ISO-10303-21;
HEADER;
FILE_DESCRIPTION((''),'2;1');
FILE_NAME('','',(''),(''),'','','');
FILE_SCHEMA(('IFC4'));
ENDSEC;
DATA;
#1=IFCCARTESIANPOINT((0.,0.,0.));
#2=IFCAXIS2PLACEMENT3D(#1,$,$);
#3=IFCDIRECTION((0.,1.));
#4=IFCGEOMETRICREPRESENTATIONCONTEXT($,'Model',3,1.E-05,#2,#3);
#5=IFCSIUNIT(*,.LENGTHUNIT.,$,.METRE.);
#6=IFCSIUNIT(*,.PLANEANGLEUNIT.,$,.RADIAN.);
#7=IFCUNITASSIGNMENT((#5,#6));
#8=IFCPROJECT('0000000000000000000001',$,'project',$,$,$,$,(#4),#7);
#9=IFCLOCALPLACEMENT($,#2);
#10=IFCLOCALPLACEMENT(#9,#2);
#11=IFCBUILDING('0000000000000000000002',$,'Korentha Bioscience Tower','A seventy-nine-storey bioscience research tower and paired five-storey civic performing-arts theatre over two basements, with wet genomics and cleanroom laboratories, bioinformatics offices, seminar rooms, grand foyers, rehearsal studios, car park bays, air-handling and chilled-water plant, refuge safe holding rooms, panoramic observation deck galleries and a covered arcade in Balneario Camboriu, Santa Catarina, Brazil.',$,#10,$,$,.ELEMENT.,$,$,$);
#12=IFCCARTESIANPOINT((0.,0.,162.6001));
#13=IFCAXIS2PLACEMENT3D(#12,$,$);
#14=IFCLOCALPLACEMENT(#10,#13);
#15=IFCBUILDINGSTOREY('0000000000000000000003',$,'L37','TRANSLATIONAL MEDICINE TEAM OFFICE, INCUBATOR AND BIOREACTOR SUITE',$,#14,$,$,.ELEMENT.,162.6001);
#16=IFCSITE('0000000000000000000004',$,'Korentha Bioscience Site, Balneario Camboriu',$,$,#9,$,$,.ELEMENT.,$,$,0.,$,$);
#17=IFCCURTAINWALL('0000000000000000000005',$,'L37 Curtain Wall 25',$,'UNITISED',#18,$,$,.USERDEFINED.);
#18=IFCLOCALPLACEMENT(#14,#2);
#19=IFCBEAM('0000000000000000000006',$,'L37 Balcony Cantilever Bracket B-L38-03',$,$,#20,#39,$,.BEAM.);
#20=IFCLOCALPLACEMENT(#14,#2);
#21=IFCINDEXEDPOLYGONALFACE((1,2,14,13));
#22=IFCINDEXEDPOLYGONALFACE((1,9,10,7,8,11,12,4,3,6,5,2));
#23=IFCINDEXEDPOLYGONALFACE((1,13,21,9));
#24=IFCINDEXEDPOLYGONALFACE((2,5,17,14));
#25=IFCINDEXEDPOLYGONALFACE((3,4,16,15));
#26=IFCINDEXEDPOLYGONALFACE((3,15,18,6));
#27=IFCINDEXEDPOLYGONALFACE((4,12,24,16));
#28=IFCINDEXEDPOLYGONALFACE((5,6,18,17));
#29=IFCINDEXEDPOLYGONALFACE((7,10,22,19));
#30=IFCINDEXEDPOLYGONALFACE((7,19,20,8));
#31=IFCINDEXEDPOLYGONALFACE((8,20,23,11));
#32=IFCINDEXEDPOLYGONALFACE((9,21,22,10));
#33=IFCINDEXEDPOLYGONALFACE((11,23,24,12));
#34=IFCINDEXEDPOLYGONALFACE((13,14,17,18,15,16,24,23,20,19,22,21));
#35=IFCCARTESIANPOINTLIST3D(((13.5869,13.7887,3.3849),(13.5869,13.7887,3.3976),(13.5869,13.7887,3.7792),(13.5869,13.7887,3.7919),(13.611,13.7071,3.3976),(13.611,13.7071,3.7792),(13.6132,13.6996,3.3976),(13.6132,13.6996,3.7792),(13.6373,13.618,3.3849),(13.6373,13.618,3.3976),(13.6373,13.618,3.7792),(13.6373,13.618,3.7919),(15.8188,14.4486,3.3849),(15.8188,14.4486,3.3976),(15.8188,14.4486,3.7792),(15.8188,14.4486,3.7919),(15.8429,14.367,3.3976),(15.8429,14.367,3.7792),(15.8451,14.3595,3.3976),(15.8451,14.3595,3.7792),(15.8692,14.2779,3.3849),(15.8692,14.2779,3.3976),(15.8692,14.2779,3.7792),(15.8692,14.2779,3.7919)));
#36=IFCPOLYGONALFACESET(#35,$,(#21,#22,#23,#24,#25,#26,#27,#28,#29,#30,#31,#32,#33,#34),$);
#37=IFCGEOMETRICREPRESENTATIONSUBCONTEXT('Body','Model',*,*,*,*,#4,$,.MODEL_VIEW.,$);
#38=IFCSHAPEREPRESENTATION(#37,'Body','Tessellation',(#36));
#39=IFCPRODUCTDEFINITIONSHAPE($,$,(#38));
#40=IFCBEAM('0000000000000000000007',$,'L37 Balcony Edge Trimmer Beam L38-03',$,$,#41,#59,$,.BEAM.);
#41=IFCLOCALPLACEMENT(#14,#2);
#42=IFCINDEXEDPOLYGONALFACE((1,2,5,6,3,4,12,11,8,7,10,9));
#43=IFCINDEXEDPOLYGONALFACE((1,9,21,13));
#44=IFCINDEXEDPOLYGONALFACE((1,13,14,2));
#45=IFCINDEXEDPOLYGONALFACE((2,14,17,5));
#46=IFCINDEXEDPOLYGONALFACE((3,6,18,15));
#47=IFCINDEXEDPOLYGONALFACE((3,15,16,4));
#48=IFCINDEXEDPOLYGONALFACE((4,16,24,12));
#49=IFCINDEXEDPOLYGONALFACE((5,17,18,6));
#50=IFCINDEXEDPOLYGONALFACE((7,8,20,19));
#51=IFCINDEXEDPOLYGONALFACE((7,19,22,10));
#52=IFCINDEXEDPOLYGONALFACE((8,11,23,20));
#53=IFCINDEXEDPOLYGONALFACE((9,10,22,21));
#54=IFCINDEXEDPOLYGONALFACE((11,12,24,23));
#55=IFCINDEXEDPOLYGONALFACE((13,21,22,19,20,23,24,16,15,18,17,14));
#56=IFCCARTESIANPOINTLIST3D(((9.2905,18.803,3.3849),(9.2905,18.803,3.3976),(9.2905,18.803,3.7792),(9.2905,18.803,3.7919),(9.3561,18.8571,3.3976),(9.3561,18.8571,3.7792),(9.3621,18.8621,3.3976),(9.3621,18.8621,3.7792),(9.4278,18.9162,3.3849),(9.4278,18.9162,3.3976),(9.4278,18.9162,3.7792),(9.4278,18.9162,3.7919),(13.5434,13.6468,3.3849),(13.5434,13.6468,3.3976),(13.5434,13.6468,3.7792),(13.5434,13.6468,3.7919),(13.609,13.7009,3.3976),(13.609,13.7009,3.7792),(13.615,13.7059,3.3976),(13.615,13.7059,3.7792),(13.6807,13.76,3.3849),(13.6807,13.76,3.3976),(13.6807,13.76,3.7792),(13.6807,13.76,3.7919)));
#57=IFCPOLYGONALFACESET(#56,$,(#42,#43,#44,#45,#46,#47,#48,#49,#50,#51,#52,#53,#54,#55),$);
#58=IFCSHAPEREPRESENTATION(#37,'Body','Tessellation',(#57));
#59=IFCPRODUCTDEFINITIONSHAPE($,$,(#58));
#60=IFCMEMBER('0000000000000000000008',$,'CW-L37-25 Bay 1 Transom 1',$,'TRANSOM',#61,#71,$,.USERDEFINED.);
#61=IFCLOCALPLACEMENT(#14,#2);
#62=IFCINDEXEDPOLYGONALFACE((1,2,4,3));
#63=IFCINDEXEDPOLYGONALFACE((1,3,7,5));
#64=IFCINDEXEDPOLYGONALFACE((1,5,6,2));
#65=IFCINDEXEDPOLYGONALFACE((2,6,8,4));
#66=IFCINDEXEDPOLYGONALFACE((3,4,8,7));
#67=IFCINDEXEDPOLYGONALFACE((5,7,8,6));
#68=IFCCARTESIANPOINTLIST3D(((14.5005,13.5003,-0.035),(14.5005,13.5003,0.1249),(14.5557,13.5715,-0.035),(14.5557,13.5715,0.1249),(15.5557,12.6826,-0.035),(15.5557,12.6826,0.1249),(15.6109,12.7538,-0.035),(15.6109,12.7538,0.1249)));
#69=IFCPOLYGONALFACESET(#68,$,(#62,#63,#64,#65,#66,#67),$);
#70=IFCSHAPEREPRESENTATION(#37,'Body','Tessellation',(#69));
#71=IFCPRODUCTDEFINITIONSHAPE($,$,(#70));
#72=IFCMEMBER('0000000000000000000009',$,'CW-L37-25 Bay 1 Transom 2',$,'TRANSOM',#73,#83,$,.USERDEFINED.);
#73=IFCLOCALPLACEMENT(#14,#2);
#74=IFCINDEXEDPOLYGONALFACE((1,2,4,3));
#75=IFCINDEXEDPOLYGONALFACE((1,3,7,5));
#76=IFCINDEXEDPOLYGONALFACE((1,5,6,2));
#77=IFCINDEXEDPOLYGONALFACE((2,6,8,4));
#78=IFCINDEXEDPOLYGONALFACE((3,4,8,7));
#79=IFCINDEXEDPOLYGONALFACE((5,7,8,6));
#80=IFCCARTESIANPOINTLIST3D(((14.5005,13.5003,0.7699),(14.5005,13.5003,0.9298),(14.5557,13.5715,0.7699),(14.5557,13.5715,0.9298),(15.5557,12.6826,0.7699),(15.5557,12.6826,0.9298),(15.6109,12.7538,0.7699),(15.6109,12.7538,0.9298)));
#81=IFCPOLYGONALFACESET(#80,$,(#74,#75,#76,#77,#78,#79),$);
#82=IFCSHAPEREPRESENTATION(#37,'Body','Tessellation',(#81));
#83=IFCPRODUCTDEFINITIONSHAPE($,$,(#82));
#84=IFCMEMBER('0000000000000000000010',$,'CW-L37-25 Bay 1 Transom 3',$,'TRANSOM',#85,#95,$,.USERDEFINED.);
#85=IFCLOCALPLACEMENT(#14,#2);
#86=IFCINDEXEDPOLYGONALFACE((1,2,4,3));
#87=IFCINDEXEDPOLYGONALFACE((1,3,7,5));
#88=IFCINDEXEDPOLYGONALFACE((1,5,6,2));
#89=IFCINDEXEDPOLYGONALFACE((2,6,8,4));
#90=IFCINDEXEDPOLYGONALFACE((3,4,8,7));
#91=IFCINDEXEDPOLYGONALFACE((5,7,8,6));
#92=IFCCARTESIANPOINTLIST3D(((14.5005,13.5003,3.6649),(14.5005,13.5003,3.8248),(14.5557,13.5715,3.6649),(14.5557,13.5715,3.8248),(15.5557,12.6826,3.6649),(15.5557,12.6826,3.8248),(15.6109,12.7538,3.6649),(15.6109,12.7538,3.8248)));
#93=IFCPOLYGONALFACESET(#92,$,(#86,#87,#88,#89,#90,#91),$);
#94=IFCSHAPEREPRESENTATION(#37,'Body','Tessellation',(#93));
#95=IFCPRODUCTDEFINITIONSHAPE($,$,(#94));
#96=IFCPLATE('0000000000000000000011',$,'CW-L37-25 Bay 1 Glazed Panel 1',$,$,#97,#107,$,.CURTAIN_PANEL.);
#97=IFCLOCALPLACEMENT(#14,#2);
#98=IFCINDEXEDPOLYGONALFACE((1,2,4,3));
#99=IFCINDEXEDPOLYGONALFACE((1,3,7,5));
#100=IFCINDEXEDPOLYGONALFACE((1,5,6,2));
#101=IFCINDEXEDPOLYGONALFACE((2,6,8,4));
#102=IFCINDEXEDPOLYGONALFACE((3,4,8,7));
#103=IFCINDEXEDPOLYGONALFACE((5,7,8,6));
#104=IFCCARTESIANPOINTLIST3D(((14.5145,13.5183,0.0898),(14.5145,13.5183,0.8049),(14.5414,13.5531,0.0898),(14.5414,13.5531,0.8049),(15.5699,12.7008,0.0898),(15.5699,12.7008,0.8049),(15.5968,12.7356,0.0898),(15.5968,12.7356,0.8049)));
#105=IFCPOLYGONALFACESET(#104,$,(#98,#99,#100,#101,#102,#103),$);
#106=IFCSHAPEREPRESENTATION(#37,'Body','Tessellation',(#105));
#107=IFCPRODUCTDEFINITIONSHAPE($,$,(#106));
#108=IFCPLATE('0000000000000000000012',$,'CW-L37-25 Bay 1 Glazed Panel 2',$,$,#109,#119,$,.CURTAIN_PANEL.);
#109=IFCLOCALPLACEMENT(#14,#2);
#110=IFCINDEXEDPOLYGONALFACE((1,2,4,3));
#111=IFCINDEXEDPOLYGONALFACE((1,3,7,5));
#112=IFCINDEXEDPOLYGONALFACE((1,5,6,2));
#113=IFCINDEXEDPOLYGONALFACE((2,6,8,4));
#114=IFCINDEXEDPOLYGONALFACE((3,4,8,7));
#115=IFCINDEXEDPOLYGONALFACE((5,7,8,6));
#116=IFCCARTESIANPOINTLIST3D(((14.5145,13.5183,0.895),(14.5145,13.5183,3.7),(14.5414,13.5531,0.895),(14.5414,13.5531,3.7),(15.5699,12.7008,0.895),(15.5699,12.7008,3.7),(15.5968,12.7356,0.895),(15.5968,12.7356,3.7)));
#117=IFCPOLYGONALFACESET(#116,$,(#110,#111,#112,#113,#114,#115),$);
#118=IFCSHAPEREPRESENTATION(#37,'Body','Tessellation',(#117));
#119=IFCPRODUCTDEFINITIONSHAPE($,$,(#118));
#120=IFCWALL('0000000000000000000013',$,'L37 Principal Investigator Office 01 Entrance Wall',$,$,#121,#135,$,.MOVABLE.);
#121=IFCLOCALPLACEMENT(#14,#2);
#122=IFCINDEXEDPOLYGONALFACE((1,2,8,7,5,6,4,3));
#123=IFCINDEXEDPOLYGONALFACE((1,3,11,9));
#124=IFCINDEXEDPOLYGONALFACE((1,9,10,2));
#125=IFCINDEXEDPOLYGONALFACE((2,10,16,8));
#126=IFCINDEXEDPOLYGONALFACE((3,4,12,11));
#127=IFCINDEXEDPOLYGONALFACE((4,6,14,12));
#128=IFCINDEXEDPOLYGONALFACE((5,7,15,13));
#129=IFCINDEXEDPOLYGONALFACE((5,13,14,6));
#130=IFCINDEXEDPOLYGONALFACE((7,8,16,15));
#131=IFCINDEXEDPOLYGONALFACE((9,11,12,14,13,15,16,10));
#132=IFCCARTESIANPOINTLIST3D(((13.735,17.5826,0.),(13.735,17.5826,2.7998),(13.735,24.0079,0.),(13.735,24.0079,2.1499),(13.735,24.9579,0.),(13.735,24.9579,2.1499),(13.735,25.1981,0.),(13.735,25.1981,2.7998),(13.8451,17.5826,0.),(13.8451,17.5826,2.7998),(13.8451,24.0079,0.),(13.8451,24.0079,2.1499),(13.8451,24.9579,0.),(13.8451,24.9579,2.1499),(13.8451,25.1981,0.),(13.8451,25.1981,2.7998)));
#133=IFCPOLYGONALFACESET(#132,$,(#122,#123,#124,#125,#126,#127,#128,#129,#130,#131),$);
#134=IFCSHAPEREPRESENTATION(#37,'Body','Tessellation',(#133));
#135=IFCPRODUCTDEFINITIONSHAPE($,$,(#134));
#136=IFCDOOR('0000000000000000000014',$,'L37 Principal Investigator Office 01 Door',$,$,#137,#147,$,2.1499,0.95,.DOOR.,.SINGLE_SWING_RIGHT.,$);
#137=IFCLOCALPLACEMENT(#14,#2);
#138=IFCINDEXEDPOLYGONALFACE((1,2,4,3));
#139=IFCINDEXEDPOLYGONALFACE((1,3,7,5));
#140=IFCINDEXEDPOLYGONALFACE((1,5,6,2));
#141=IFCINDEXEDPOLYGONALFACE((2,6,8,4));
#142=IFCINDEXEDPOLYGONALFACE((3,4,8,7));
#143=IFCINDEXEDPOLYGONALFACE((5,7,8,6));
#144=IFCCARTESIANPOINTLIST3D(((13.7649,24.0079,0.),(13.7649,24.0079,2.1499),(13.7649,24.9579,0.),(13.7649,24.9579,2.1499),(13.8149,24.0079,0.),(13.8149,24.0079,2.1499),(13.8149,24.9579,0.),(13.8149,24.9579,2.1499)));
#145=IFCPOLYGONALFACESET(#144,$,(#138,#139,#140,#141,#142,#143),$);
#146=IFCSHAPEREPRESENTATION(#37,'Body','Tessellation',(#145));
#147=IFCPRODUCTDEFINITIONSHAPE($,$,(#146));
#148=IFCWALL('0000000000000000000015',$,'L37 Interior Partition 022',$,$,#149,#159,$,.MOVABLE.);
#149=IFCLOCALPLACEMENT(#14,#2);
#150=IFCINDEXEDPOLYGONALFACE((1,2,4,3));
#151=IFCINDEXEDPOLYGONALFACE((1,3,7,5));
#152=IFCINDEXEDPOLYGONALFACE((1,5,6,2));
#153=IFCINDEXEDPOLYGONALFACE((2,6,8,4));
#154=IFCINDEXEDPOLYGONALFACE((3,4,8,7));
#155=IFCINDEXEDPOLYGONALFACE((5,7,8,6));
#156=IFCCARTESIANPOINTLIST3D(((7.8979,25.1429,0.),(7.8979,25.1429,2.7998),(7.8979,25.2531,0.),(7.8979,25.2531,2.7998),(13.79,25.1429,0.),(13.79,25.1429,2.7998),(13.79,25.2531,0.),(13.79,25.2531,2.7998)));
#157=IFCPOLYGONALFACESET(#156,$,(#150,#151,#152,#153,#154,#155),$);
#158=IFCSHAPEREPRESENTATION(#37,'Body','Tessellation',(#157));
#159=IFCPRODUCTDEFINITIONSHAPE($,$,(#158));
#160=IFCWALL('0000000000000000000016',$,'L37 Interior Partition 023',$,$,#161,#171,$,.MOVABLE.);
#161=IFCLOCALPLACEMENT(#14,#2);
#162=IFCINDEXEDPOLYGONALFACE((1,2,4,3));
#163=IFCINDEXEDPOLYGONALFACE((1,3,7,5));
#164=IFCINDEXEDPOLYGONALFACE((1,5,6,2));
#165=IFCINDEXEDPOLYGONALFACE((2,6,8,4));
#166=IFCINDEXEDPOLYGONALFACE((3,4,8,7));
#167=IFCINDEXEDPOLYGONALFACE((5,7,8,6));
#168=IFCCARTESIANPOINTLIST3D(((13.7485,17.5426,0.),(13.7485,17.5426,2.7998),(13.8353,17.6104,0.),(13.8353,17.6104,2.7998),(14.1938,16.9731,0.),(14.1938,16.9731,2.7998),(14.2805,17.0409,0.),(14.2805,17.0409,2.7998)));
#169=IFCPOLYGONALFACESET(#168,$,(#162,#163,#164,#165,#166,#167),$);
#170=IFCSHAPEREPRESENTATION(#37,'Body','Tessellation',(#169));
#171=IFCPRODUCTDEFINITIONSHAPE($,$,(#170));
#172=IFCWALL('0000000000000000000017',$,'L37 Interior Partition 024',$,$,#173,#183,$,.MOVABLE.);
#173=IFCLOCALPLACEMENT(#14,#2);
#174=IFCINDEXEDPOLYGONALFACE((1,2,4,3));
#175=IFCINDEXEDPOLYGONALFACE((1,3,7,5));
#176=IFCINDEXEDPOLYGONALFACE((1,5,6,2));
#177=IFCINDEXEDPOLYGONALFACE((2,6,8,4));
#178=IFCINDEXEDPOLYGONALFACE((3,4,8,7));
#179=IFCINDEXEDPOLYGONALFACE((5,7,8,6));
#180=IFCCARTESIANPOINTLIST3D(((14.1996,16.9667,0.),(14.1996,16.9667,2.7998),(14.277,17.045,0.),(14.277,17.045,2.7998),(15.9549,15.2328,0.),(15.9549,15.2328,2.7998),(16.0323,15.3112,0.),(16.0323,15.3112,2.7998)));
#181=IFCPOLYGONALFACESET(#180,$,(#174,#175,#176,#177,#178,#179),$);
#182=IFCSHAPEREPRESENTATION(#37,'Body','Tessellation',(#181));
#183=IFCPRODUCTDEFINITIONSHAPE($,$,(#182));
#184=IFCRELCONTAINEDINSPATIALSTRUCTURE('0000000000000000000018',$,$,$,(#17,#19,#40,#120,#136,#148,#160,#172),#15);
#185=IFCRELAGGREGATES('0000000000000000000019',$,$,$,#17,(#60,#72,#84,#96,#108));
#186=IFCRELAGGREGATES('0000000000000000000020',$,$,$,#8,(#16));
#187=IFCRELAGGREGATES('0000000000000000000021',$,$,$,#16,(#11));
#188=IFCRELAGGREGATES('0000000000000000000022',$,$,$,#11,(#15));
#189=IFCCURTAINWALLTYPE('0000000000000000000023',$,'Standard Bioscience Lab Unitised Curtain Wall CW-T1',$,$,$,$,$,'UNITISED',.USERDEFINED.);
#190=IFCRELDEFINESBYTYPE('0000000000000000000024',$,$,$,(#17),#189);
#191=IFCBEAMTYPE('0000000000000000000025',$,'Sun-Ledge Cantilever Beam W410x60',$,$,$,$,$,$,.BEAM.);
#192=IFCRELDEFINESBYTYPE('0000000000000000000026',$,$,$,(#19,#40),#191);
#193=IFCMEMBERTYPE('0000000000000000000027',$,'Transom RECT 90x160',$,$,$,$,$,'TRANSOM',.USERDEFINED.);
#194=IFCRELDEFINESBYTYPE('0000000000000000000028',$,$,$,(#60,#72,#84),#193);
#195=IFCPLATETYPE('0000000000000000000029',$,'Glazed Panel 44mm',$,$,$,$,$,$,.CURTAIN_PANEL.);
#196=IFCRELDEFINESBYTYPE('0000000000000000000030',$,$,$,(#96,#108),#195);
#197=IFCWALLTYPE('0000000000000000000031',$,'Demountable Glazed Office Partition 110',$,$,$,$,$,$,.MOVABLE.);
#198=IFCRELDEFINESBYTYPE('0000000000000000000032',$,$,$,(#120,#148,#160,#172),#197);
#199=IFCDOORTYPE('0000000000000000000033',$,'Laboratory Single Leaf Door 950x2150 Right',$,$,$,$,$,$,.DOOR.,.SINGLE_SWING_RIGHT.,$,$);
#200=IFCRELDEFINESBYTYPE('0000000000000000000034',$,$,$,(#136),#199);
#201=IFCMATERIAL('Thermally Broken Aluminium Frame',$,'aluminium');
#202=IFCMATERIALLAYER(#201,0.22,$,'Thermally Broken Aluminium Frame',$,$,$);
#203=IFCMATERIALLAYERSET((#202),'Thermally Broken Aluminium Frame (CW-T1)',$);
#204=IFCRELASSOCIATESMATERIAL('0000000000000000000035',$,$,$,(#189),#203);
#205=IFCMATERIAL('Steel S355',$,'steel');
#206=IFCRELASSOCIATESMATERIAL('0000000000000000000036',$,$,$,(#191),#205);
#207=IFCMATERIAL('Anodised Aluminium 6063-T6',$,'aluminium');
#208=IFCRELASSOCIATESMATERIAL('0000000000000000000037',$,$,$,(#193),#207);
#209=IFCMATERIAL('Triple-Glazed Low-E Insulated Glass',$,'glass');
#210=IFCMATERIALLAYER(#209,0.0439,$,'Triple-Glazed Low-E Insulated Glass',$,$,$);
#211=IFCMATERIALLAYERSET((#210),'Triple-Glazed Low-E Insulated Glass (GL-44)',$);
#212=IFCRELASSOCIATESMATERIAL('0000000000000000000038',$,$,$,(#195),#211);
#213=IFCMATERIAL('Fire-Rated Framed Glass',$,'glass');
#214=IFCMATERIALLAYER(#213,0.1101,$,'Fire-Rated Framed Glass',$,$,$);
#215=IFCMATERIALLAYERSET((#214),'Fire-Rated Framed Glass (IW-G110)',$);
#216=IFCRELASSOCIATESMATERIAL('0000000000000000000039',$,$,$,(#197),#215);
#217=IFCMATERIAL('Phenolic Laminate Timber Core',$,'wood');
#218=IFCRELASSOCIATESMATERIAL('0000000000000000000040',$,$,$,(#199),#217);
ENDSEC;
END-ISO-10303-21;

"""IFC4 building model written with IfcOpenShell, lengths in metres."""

from ifc_helpers import new_model, si_unit, direction, frame, frame_2d, origin, origin_2d, place, context, subcontext, project, spatial, rectangle, i_section, extrude, material, layer, layer_set, material_profile, profile_set, type_object, element, fill, aggregate, save


model = new_model("IFC4")

# Units and contexts
model_context = context("Model", 3, precision=1e-05, world=origin(), true_north=direction((0.0, 1.0)))
body_context = subcontext(model_context, "Body", "Model", "MODEL_VIEW")
ifc_project = project(units=[si_unit("LENGTHUNIT", "METRE"), si_unit("PLANEANGLEUNIT", "RADIAN")], contexts=[model_context])

# Site, building, storey
site_placement = place(None, origin())
site = spatial("IfcSite", under=ifc_project, at=site_placement, Name="Korentha Bioscience Site, Balneario Camboriu", CompositionType="ELEMENT", RefElevation=0.0)
building_placement = place(site_placement, origin())
building = spatial("IfcBuilding", under=site, at=building_placement, Name="Korentha Bioscience Tower", Description="A seventy-nine-storey bioscience research tower and paired five-storey civic performing-arts theatre over two basements, with wet genomics and cleanroom laboratories, bioinformatics offices, seminar rooms, grand foyers, rehearsal studios, car park bays, air-handling and chilled-water plant, refuge safe holding rooms, panoramic observation deck galleries and a covered arcade in Balneario Camboriu, Santa Catarina, Brazil.", CompositionType="ELEMENT")
storey_placement = place(building_placement, frame((0.0, 0.0, 162.6001)))
storey = spatial("IfcBuildingStorey", under=building, at=storey_placement, Name="L37", Description="TRANSLATIONAL MEDICINE TEAM OFFICE, INCUBATOR AND BIOREACTOR SUITE", CompositionType="ELEMENT", Elevation=162.6001)

# Curtain wall
ifc_material_1 = material(Name="Thermally Broken Aluminium Frame", Category="aluminium")
ifc_layer_1 = layer(ifc_material_1, 0.22, Name="Thermally Broken Aluminium Frame")
ifc_layer_set_1 = layer_set([ifc_layer_1], Name="Thermally Broken Aluminium Frame (CW-T1)")
curtain_wall_type = type_object("IfcCurtainWallType", Name="Standard Bioscience Lab Unitised Curtain Wall CW-T1", ElementType="UNITISED", PredefinedType="USERDEFINED", material=ifc_layer_set_1)
ifc_material_2 = material(Name="Anodised Aluminium 6063-T6", Category="aluminium")
curtain_wall_1_placement = place(storey_placement, origin())
curtain_wall_1 = element("IfcCurtainWall", 1, at=curtain_wall_1_placement, inside=storey, type_object=curtain_wall_type, Name="L37 Curtain Wall 25", ObjectType="UNITISED", PredefinedType="USERDEFINED")

# Beams
ifc_material_3 = material(Name="Steel S355", Category="steel")
ifc_material_profile_1 = material_profile(ifc_material_3, i_section(OverallWidth=0.178, OverallDepth=0.407, WebThickness=0.0078, FlangeThickness=0.0127, at=origin_2d()), Name="Steel S355")
ifc_profile_set_1 = profile_set([ifc_material_profile_1], Name="Steel S355 (CB-410)")
beam_type_1 = type_object("IfcBeamType", Name="Sun-Ledge Cantilever Beam W410x60", PredefinedType="BEAM", material=ifc_profile_set_1)
beam_1_placement = place(storey_placement, frame((15.844, 14.3633, 3.5884), z_axis=(-0.958962, -0.283535, 0.0), x_axis=(0.283535, -0.958962, 0.0)))
element("IfcBeam", 2, at=beam_1_placement, inside=storey, type_object=beam_type_1, Name="L37 Balcony Cantilever Bracket B-L38-03", PredefinedType="BEAM", context=body_context, shape_type="SweptSolid", body=[
    extrude(i_section(OverallWidth=0.178, OverallDepth=0.407, WebThickness=0.0078, FlangeThickness=0.0127, at=origin_2d()), origin(), (0.0, 0.0, 1.0), 2.3274),
])
beam_2_placement = place(storey_placement, frame((9.3591, 18.8596, 3.5884), z_axis=(0.636296, -0.771445, 0.0), x_axis=(0.771445, 0.636296, 0.0)))
element("IfcBeam", 3, at=beam_2_placement, inside=storey, type_object=beam_type_1, Name="L37 Balcony Edge Trimmer Beam L38-03", PredefinedType="BEAM", context=body_context, shape_type="SweptSolid", body=[
    extrude(i_section(OverallWidth=0.178, OverallDepth=0.407, WebThickness=0.0078, FlangeThickness=0.0127, at=origin_2d()), origin(), (0.0, 0.0, 1.0), 6.6838),
])

# Members
ifc_material_profile_2 = material_profile(ifc_material_2, rectangle(XDim=0.0901, YDim=0.1599, at=origin_2d()), Name="Anodised Aluminium 6063-T6")
ifc_profile_set_2 = profile_set([ifc_material_profile_2], Name="Anodised Aluminium 6063-T6 (CW-TRN)")
member_type_1 = type_object("IfcMemberType", Name="Transom RECT 90x160", ElementType="TRANSOM", PredefinedType="USERDEFINED", material=ifc_profile_set_2)
member_1_placement = place(storey_placement, frame((14.5281, 13.5359, 0.0449), z_axis=(0.790464, -0.612509, 0.0), x_axis=(0.612509, 0.790464, 0.0)))
member_1 = element("IfcMember", 4, at=member_1_placement, type_object=member_type_1, Name="CW-L37-25 Bay 1 Transom 1", ObjectType="TRANSOM", PredefinedType="USERDEFINED", context=body_context, shape_type="SweptSolid", body=[
    extrude(rectangle(XDim=0.0901, YDim=0.1599, at=origin_2d()), origin(), (0.0, 0.0, 1.0), 1.335),
])
member_2_placement = place(storey_placement, frame((14.5281, 13.5359, 0.8499), z_axis=(0.790464, -0.612509, 0.0), x_axis=(0.612509, 0.790464, 0.0)))
member_2 = element("IfcMember", 5, at=member_2_placement, type_object=member_type_1, Name="CW-L37-25 Bay 1 Transom 2", ObjectType="TRANSOM", PredefinedType="USERDEFINED", context=body_context, shape_type="SweptSolid", body=[
    extrude(rectangle(XDim=0.0901, YDim=0.1599, at=origin_2d()), origin(), (0.0, 0.0, 1.0), 1.335),
])
member_3_placement = place(storey_placement, frame((14.5281, 13.5359, 3.7449), z_axis=(0.790464, -0.612509, 0.0), x_axis=(0.612509, 0.790464, 0.0)))
member_3 = element("IfcMember", 6, at=member_3_placement, type_object=member_type_1, Name="CW-L37-25 Bay 1 Transom 3", ObjectType="TRANSOM", PredefinedType="USERDEFINED", context=body_context, shape_type="SweptSolid", body=[
    extrude(rectangle(XDim=0.0901, YDim=0.1599, at=origin_2d()), origin(), (0.0, 0.0, 1.0), 1.335),
])

# Plates
ifc_material_4 = material(Name="Triple-Glazed Low-E Insulated Glass", Category="glass")
ifc_layer_2 = layer(ifc_material_4, 0.0439, Name="Triple-Glazed Low-E Insulated Glass")
ifc_layer_set_2 = layer_set([ifc_layer_2], Name="Triple-Glazed Low-E Insulated Glass (GL-44)")
plate_type = type_object("IfcPlateType", Name="Glazed Panel 44mm", PredefinedType="CURTAIN_PANEL", material=ifc_layer_set_2)
plate_1_placement = place(storey_placement, frame((15.0557, 13.127, 0.0898), z_axis=(0.0, 0.0, 1.0), x_axis=(0.790547, -0.612402, 0.0)))
plate_1 = element("IfcPlate", 7, at=plate_1_placement, type_object=plate_type, Name="CW-L37-25 Bay 1 Glazed Panel 1", PredefinedType="CURTAIN_PANEL", context=body_context, shape_type="SweptSolid", body=[
    extrude(rectangle(XDim=1.335, YDim=0.0439, at=origin_2d()), origin(), (0.0, 0.0, 1.0), 0.7151),
])
plate_2_placement = place(storey_placement, frame((15.0557, 13.127, 0.895), z_axis=(0.0, 0.0, 1.0), x_axis=(0.790547, -0.612402, 0.0)))
plate_2 = element("IfcPlate", 8, at=plate_2_placement, type_object=plate_type, Name="CW-L37-25 Bay 1 Glazed Panel 2", PredefinedType="CURTAIN_PANEL", context=body_context, shape_type="SweptSolid", body=[
    extrude(rectangle(XDim=1.335, YDim=0.0439, at=origin_2d()), origin(), (0.0, 0.0, 1.0), 2.8049),
])
aggregate(curtain_wall_1, [member_1, member_2, member_3, plate_1, plate_2])

# Wall, opening, door
ifc_material_5 = material(Name="Fire-Rated Framed Glass", Category="glass")
ifc_layer_3 = layer(ifc_material_5, 0.1101, Name="Fire-Rated Framed Glass")
ifc_layer_set_3 = layer_set([ifc_layer_3], Name="Fire-Rated Framed Glass (IW-G110)")
wall_type_1 = type_object("IfcWallType", Name="Demountable Glazed Office Partition 110", PredefinedType="MOVABLE", material=ifc_layer_set_3)
wall_1_placement = place(storey_placement, frame((13.79, 25.198, 0.0), z_axis=(0.0, 0.0, 1.0), x_axis=(0.0, -1.0, 0.0)))
wall_1 = element("IfcWall", 9, at=wall_1_placement, inside=storey, type_object=wall_type_1, Name="L37 Principal Investigator Office 01 Entrance Wall", PredefinedType="MOVABLE", context=body_context, shape_type="SweptSolid", body=[
    extrude(rectangle(XDim=7.6155, YDim=0.1101, at=frame_2d((3.8076, 0.0))), origin(), (0.0, 0.0, 1.0), 2.7998),
])
opening_placement = place(wall_1_placement, frame((0.24, 0.0, 0.0)))
opening = element("IfcOpeningElement", 10, at=opening_placement, cuts=wall_1, PredefinedType="OPENING", context=body_context, shape_type="SweptSolid", body=[
    extrude(rectangle(XDim=0.95, YDim=2.1499, at=frame_2d((0.4751, 1.075))), frame((0.0, 0.0698, 0.0), z_axis=(0.0, -1.0, 0.0), x_axis=(1.0, 0.0, 0.0)), (0.0, 0.0, 1.0), 0.1399),
])
ifc_material_6 = material(Name="Phenolic Laminate Timber Core", Category="wood")
door_type = type_object("IfcDoorType", Name="Laboratory Single Leaf Door 950x2150 Right", OperationType="SINGLE_SWING_RIGHT", PredefinedType="DOOR", material=ifc_material_6)
door_placement = place(opening_placement, origin())
door = element("IfcDoor", 11, at=door_placement, inside=storey, type_object=door_type, Name="L37 Principal Investigator Office 01 Door", OperationType="SINGLE_SWING_RIGHT", OverallHeight=2.1499, OverallWidth=0.95, PredefinedType="DOOR", context=body_context, shape_type="SweptSolid", body=[
    extrude(rectangle(XDim=0.95, YDim=2.1499, at=frame_2d((0.4751, 1.075))), frame((0.0, 0.0249, 0.0), z_axis=(0.0, -1.0, 0.0), x_axis=(1.0, 0.0, 0.0)), (0.0, 0.0, 1.0), 0.05),
])
fill(opening, door)

# Walls
wall_2_placement = place(storey_placement, frame((7.8979, 25.198, 0.0), z_axis=(0.0, 0.0, 1.0), x_axis=(1.0, 0.0, 0.0)))
element("IfcWall", 12, at=wall_2_placement, inside=storey, type_object=wall_type_1, Name="L37 Interior Partition 022", PredefinedType="MOVABLE", context=body_context, shape_type="SweptSolid", body=[
    extrude(rectangle(XDim=5.8921, YDim=0.1101, at=frame_2d((2.946, 0.0))), origin(), (0.0, 0.0, 1.0), 2.7998),
])
wall_3_placement = place(storey_placement, frame((13.792, 17.5764, 0.0), z_axis=(0.0, 0.0, 1.0), x_axis=(0.615926, -0.787804, 0.0)))
element("IfcWall", 13, at=wall_3_placement, inside=storey, type_object=wall_type_1, Name="L37 Interior Partition 023", PredefinedType="MOVABLE", context=body_context, shape_type="SweptSolid", body=[
    extrude(rectangle(XDim=0.7229, YDim=0.1101, at=frame_2d((0.3613, 0.0))), origin(), (0.0, 0.0, 1.0), 2.7998),
])
wall_4_placement = place(storey_placement, frame((14.2383, 17.0059, 0.0), z_axis=(0.0, 0.0, 1.0), x_axis=(0.711447, -0.70274, 0.0)))
element("IfcWall", 14, at=wall_4_placement, inside=storey, type_object=wall_type_1, Name="L37 Interior Partition 024", PredefinedType="MOVABLE", context=body_context, shape_type="SweptSolid", body=[
    extrude(rectangle(XDim=2.4673, YDim=0.1101, at=frame_2d((1.2336, 0.0))), origin(), (0.0, 0.0, 1.0), 2.7998),
])

save(model, "model.ifc")
